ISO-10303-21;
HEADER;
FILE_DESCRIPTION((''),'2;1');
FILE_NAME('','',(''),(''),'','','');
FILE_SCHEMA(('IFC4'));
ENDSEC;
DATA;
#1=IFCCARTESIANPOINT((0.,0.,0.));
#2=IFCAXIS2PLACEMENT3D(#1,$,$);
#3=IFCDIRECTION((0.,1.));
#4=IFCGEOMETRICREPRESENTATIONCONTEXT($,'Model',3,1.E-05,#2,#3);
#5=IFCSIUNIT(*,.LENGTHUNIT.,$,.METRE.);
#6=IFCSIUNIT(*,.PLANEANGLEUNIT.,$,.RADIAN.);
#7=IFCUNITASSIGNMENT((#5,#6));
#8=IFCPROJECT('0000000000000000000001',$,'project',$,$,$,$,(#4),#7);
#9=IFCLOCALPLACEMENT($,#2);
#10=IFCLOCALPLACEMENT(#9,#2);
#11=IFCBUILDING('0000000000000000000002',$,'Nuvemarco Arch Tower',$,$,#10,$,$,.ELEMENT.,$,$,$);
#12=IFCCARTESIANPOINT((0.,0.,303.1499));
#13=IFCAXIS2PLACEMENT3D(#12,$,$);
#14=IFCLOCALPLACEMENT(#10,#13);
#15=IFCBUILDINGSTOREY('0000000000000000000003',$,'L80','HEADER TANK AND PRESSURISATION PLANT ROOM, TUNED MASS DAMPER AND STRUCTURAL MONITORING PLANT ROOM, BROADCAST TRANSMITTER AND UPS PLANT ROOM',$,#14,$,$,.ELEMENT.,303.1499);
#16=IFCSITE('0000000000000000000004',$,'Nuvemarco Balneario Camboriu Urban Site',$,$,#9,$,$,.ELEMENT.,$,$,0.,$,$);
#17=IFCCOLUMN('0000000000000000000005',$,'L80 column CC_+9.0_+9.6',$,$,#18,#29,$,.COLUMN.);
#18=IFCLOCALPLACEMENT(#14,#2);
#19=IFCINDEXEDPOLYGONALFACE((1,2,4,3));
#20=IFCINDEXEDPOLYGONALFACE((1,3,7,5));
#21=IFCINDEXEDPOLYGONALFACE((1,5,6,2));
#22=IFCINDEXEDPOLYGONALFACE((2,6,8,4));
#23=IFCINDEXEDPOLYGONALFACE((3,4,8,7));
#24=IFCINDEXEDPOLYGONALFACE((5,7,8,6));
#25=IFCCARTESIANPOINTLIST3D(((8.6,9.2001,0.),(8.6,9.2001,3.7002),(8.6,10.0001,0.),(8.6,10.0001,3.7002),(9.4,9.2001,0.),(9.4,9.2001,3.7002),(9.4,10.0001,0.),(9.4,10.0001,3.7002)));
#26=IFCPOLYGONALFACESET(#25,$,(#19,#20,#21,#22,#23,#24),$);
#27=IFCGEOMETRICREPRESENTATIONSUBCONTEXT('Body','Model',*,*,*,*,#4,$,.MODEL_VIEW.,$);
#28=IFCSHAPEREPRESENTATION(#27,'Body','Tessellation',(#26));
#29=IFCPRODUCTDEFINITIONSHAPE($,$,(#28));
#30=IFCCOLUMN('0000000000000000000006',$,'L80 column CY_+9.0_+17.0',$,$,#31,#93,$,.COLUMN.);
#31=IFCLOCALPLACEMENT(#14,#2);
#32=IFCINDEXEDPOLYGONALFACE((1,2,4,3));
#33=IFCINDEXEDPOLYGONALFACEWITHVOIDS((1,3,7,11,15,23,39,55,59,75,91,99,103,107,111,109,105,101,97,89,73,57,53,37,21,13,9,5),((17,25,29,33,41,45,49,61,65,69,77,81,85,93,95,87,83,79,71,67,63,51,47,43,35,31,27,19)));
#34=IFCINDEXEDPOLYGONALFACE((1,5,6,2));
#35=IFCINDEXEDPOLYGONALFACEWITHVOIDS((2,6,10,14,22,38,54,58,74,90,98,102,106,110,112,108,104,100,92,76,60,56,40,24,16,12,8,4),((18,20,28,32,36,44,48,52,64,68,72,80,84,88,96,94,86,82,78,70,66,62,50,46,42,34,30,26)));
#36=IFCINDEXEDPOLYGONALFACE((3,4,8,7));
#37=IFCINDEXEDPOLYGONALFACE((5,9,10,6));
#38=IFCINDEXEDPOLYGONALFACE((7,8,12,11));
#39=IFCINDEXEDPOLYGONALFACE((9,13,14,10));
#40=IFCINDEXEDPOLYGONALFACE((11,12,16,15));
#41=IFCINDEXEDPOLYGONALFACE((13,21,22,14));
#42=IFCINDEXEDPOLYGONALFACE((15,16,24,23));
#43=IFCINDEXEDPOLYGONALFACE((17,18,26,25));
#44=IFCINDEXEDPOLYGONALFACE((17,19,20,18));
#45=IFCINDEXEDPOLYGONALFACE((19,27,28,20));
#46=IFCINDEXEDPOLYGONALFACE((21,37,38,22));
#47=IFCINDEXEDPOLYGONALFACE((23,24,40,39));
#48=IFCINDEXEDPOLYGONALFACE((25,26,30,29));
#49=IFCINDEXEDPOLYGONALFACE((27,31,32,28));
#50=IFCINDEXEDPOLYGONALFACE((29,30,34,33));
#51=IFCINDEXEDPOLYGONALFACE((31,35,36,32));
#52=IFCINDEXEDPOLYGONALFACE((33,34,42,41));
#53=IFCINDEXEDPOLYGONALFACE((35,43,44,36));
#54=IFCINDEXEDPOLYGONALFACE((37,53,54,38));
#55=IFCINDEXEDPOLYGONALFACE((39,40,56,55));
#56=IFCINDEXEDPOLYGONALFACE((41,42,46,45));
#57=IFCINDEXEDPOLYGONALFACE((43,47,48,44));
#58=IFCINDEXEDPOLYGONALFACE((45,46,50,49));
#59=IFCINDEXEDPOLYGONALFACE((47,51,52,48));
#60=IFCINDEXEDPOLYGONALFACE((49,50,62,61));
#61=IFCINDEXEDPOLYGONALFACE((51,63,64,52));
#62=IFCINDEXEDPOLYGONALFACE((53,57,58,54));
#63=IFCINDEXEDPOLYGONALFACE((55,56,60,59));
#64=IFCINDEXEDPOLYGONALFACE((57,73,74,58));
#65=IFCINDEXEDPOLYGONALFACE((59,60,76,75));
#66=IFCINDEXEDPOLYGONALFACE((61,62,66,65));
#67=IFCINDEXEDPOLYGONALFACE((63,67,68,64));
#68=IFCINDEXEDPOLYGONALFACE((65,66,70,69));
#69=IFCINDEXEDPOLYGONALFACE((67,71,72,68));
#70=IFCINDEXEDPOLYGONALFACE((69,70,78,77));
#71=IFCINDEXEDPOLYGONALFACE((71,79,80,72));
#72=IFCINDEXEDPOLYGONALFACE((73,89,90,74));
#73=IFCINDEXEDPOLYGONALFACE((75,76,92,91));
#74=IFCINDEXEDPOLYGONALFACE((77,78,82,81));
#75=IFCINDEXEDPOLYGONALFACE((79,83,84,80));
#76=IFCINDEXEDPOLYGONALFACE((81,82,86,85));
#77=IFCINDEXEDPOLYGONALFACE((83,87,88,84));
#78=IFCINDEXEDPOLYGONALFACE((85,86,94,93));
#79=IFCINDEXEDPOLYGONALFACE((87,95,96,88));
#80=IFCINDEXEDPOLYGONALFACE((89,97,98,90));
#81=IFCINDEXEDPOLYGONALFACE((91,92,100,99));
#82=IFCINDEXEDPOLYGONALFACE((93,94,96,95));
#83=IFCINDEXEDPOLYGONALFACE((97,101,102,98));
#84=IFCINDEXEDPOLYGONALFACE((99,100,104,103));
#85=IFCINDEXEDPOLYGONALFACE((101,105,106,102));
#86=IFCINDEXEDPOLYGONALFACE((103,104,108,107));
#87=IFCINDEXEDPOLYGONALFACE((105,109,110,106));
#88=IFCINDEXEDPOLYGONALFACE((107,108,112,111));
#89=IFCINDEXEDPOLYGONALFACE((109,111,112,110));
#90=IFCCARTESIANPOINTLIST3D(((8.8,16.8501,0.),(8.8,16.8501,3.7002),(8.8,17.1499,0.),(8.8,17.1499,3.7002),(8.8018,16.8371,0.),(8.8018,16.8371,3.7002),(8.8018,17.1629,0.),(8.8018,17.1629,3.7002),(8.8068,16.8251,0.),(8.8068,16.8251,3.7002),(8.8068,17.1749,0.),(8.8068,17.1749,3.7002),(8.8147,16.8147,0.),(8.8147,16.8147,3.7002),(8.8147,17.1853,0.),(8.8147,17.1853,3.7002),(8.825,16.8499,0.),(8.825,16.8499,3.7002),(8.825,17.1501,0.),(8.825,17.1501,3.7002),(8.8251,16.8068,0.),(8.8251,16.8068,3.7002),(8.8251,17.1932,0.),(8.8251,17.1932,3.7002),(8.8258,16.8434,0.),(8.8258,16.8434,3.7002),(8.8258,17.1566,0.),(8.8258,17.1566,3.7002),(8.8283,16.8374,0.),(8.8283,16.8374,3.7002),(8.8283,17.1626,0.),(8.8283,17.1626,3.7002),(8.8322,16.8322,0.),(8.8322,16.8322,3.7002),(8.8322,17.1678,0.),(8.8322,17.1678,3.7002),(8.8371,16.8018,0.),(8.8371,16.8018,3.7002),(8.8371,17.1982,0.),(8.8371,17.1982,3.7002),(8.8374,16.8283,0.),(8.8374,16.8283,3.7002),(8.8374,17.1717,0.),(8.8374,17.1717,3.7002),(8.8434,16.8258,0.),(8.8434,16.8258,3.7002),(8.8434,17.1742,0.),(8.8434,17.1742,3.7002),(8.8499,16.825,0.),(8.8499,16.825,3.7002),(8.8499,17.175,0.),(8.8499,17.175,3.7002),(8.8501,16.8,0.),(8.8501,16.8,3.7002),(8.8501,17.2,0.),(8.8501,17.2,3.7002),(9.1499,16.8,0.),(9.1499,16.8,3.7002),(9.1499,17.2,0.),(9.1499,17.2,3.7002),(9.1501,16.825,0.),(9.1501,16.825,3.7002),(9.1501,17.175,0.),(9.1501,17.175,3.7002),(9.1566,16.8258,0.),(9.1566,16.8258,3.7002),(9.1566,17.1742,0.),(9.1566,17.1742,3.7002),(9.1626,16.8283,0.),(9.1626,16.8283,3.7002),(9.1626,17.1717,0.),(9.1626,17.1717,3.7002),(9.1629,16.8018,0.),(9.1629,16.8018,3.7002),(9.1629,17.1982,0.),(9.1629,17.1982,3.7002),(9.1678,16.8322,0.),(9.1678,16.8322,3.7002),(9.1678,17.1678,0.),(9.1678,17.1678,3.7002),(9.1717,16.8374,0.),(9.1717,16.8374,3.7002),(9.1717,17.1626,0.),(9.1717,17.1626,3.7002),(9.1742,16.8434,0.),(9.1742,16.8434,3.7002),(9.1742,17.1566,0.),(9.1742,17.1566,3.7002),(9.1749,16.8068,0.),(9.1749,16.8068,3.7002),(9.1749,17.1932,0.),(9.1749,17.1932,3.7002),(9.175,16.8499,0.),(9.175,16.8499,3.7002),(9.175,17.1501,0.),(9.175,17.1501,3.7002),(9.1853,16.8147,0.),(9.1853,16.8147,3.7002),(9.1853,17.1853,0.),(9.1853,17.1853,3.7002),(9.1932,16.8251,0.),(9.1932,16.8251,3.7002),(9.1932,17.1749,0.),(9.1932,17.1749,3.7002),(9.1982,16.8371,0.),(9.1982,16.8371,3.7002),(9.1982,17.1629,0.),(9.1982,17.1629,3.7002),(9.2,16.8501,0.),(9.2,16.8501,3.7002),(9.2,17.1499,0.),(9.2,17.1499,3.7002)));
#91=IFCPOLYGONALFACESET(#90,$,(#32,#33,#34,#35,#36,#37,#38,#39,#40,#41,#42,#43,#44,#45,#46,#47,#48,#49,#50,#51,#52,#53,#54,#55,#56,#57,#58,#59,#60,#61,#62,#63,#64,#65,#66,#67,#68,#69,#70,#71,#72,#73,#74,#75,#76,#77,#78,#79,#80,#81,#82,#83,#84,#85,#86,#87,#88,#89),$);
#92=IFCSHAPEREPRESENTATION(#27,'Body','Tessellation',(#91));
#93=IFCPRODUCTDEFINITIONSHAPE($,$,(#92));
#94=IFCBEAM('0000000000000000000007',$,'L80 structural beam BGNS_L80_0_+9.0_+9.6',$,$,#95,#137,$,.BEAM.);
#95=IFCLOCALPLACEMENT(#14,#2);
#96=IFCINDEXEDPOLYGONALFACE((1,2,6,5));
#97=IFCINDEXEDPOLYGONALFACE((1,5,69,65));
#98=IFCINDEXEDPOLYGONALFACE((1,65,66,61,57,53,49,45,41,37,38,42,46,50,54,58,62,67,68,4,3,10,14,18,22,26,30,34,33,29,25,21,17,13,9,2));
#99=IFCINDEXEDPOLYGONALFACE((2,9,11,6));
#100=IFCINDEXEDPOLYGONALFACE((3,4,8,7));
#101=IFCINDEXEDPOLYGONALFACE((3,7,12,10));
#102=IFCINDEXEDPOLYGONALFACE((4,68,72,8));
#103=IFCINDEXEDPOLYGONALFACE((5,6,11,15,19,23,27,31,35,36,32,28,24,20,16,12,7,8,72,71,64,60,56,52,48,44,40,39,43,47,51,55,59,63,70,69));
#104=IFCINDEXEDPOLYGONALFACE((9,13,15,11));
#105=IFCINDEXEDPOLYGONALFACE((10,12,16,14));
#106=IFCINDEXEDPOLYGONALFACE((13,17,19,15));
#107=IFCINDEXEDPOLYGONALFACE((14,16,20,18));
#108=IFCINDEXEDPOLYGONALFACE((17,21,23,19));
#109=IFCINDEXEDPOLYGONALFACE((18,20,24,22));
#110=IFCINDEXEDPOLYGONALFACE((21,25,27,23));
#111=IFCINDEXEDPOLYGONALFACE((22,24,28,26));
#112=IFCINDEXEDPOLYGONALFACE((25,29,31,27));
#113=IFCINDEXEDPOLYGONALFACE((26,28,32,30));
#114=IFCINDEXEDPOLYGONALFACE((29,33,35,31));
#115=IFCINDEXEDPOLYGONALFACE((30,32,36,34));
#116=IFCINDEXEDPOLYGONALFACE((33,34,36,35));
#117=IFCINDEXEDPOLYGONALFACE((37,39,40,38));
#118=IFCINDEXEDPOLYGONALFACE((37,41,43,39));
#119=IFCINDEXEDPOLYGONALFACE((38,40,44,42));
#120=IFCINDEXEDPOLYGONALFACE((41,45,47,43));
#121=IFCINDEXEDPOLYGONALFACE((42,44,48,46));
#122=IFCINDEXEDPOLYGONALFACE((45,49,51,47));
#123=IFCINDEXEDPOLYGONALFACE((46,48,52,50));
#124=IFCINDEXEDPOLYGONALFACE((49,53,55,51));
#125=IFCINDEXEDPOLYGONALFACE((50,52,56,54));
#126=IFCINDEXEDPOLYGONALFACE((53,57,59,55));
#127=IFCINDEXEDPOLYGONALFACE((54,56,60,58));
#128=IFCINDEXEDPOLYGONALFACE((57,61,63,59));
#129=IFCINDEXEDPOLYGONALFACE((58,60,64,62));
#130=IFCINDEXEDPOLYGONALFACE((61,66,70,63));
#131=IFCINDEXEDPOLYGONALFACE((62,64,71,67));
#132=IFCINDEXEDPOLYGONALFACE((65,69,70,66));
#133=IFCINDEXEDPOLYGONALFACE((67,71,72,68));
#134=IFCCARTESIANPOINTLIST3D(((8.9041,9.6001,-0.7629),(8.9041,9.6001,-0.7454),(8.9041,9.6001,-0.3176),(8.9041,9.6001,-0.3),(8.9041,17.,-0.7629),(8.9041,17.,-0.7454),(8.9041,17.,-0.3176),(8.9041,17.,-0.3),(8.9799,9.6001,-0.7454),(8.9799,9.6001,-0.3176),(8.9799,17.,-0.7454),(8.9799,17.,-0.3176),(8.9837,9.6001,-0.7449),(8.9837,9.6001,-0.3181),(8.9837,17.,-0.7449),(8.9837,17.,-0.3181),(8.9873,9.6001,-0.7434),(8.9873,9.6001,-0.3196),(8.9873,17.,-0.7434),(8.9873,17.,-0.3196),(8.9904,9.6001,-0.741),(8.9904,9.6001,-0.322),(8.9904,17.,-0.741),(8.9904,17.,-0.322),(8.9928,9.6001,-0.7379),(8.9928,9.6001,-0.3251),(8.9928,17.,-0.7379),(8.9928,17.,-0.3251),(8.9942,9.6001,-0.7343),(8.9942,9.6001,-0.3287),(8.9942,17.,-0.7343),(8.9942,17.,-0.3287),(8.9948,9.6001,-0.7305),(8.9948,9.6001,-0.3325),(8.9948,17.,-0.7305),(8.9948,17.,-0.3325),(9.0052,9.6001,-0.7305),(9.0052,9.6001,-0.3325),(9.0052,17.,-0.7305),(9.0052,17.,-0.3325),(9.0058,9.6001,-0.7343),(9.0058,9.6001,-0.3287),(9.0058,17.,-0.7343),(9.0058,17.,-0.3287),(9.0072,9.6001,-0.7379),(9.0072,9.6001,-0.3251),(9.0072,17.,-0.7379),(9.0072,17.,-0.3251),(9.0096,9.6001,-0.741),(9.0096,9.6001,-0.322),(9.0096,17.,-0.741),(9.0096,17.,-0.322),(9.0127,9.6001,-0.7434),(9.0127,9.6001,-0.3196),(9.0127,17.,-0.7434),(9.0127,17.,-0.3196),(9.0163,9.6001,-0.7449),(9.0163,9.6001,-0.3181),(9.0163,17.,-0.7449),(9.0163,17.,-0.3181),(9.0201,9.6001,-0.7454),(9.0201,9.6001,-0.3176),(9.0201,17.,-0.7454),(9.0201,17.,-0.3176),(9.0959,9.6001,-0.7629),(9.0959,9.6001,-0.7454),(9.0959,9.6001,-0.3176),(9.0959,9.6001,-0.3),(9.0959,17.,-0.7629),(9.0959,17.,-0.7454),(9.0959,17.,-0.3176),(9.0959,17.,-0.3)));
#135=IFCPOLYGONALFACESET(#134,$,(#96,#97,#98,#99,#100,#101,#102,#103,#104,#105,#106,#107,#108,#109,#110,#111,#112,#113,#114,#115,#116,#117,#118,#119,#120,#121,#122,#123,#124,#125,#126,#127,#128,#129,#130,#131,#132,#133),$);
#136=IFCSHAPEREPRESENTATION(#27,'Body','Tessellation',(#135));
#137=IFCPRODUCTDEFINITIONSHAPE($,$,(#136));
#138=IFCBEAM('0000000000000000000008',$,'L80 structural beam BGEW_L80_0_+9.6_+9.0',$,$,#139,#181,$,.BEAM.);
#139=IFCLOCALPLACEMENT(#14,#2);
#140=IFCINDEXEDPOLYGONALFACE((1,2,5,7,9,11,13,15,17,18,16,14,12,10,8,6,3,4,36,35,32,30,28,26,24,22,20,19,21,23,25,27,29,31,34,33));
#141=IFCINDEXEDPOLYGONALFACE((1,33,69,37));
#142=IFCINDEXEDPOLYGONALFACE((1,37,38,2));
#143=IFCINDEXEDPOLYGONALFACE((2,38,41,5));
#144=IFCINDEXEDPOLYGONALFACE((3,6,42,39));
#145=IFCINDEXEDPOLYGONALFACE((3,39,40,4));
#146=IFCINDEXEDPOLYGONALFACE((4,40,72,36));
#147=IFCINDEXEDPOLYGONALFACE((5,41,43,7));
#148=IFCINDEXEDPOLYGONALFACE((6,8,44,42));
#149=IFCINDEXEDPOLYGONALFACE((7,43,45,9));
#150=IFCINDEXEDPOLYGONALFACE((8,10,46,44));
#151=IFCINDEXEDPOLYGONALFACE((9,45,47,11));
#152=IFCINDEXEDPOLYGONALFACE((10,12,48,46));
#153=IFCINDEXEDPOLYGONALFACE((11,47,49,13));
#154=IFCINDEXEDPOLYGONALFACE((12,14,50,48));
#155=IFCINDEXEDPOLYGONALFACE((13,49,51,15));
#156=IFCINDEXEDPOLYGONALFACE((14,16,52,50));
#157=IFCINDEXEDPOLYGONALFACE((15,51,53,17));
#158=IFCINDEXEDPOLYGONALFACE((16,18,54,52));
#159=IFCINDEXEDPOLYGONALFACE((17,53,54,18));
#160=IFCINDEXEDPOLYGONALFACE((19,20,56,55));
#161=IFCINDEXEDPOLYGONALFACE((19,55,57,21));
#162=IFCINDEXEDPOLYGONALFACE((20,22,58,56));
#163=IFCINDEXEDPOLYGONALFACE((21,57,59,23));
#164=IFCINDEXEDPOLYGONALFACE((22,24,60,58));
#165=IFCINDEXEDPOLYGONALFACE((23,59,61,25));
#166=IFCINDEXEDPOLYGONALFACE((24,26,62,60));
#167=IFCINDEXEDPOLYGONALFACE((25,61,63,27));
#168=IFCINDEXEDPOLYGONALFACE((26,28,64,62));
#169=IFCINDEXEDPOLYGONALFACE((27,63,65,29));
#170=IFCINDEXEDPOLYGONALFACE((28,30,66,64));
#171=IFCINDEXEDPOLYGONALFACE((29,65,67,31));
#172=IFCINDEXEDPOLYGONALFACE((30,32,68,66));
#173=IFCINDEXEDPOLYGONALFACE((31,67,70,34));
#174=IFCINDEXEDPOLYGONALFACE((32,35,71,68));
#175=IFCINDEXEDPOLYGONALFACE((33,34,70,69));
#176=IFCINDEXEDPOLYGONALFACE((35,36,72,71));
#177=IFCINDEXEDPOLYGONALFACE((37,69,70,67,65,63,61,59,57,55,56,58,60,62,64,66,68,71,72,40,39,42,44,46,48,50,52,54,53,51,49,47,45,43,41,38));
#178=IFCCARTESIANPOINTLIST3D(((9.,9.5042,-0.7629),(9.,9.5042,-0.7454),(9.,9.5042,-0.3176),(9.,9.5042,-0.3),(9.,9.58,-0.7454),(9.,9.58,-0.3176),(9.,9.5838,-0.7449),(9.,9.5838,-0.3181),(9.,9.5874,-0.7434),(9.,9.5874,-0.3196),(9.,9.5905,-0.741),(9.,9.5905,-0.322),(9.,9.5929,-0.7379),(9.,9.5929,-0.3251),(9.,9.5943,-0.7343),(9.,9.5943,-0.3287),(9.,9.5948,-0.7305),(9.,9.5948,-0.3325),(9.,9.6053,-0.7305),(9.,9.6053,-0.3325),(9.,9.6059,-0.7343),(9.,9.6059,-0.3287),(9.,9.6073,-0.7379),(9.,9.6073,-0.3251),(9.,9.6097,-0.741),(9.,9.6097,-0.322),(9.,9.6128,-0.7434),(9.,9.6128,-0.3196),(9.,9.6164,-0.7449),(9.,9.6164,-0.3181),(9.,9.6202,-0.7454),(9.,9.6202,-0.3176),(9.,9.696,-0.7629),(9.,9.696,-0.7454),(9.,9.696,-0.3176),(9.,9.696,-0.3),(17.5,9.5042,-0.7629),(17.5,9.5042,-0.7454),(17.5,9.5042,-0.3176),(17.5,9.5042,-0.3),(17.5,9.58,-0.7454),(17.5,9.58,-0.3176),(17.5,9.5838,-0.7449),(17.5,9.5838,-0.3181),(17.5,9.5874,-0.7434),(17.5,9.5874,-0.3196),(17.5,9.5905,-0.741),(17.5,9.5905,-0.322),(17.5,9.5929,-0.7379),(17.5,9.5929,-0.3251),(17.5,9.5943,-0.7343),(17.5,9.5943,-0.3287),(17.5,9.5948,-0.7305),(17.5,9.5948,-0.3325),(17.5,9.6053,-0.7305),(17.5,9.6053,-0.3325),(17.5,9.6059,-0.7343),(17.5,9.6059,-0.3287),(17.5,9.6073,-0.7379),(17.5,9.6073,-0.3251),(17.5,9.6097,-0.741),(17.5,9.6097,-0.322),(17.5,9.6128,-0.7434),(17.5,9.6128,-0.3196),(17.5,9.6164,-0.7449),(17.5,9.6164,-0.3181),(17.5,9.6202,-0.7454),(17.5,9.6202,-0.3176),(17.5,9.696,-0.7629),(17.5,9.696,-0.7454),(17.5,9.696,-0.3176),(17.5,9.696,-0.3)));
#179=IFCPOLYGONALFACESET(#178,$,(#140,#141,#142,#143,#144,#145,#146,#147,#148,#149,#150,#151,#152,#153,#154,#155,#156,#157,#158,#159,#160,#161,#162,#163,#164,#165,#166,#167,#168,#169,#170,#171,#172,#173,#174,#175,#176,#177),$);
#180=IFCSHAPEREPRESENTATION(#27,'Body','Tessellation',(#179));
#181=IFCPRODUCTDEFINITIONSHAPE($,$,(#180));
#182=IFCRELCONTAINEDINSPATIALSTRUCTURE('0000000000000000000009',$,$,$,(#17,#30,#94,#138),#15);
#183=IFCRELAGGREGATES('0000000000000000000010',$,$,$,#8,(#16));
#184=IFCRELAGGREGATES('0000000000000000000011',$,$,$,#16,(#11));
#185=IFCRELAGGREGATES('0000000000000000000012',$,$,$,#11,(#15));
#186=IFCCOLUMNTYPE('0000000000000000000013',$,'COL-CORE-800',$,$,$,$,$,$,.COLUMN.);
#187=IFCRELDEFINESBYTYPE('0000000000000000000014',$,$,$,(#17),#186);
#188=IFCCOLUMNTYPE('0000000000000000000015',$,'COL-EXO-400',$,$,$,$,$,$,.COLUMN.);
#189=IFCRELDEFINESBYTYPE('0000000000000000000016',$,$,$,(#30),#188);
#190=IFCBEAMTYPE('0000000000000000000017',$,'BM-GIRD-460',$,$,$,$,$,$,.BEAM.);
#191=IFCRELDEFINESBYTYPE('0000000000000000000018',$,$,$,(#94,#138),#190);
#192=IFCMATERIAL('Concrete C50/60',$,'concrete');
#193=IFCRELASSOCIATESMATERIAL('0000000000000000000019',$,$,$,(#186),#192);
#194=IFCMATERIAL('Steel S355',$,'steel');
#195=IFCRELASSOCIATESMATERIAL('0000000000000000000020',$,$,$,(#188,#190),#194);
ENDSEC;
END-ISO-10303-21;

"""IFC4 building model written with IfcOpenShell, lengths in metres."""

from ifc_helpers import new_model, si_unit, direction, frame, origin, origin_2d, place, context, subcontext, project, spatial, rectangle, hollow_rectangle, i_section, extrude, material, material_profile, profile_set, type_object, element, save


model = new_model("IFC4")

# Units and contexts
model_context = context("Model", 3, precision=1e-05, world=origin(), true_north=direction((0.0, 1.0)))
body_context = subcontext(model_context, "Body", "Model", "MODEL_VIEW")
ifc_project = project(units=[si_unit("LENGTHUNIT", "METRE"), si_unit("PLANEANGLEUNIT", "RADIAN")], contexts=[model_context])

# Site, building, storey
site_placement = place(None, origin())
site = spatial("IfcSite", under=ifc_project, at=site_placement, Name="Nuvemarco Balneario Camboriu Urban Site", CompositionType="ELEMENT", RefElevation=0.0)
building_placement = place(site_placement, origin())
building = spatial("IfcBuilding", under=site, at=building_placement, Name="Nuvemarco Arch Tower", CompositionType="ELEMENT")
storey_placement = place(building_placement, frame((0.0, 0.0, 303.1499)))
storey = spatial("IfcBuildingStorey", under=building, at=storey_placement, Name="L80", Description="HEADER TANK AND PRESSURISATION PLANT ROOM, TUNED MASS DAMPER AND STRUCTURAL MONITORING PLANT ROOM, BROADCAST TRANSMITTER AND UPS PLANT ROOM", CompositionType="ELEMENT", Elevation=303.1499)

# Columns
ifc_material_1 = material(Name="Concrete C50/60", Category="concrete")
ifc_material_profile_1 = material_profile(ifc_material_1, rectangle(XDim=0.8, YDim=0.8, at=origin_2d()), Name="RC-COL-800x800")
ifc_profile_set_1 = profile_set([ifc_material_profile_1], Name="Concrete C50/60")
column_type_1 = type_object("IfcColumnType", Name="COL-CORE-800", PredefinedType="COLUMN", material=ifc_profile_set_1)
column_1_placement = place(storey_placement, frame((9.0, 9.6001, 0.0), z_axis=(0.0, 0.0, 1.0), x_axis=(1.0, 0.0, 0.0)))
element("IfcColumn", 1, at=column_1_placement, inside=storey, type_object=column_type_1, Name="L80 column CC_+9.0_+9.6", PredefinedType="COLUMN", context=body_context, shape_type="SweptSolid", body=[
    extrude(rectangle(XDim=0.8, YDim=0.8, at=origin_2d()), origin(), (0.0, 0.0, 1.0), 3.7002),
])
ifc_material_2 = material(Name="Steel S355", Category="steel")
ifc_material_profile_2 = material_profile(ifc_material_2, hollow_rectangle(XDim=0.3999, YDim=0.3999, WallThickness=0.0249, InnerFilletRadius=0.0249, OuterFilletRadius=0.05, at=origin_2d()), Name="SHS400x400x25")
ifc_profile_set_2 = profile_set([ifc_material_profile_2], Name="Steel S355")
column_type_2 = type_object("IfcColumnType", Name="COL-EXO-400", PredefinedType="COLUMN", material=ifc_profile_set_2)
column_2_placement = place(storey_placement, frame((9.0, 17.0, 0.0), z_axis=(0.0, 0.0, 1.0), x_axis=(1.0, 0.0, 0.0)))
element("IfcColumn", 2, at=column_2_placement, inside=storey, type_object=column_type_2, Name="L80 column CY_+9.0_+17.0", PredefinedType="COLUMN", context=body_context, shape_type="SweptSolid", body=[
    extrude(hollow_rectangle(XDim=0.3999, YDim=0.3999, WallThickness=0.0249, InnerFilletRadius=0.0249, OuterFilletRadius=0.05, at=origin_2d()), origin(), (0.0, 0.0, 1.0), 3.7002),
])

# Beams
ifc_material_profile_3 = material_profile(ifc_material_2, i_section(OverallWidth=0.1919, OverallDepth=0.4629, WebThickness=0.0105, FlangeThickness=0.0176, FilletRadius=0.0149, at=origin_2d()), Name="W460x89")
ifc_profile_set_3 = profile_set([ifc_material_profile_3], Name="Steel S355")
beam_type = type_object("IfcBeamType", Name="BM-GIRD-460", PredefinedType="BEAM", material=ifc_profile_set_3)
beam_1_placement = place(storey_placement, frame((9.0, 9.6001, -0.5315), z_axis=(0.0, 1.0, 0.0), x_axis=(-1.0, 0.0, 0.0)))
element("IfcBeam", 3, at=beam_1_placement, inside=storey, type_object=beam_type, Name="L80 structural beam BGNS_L80_0_+9.0_+9.6", PredefinedType="BEAM", context=body_context, shape_type="SweptSolid", body=[
    extrude(i_section(OverallWidth=0.1919, OverallDepth=0.4629, WebThickness=0.0105, FlangeThickness=0.0176, FilletRadius=0.0149, at=origin_2d()), origin(), (0.0, 0.0, 1.0), 7.3999),
])
beam_2_placement = place(storey_placement, frame((9.0, 9.6001, -0.5315), z_axis=(1.0, 0.0, 0.0), x_axis=(0.0, 1.0, 0.0)))
element("IfcBeam", 4, at=beam_2_placement, inside=storey, type_object=beam_type, Name="L80 structural beam BGEW_L80_0_+9.6_+9.0", PredefinedType="BEAM", context=body_context, shape_type="SweptSolid", body=[
    extrude(i_section(OverallWidth=0.1919, OverallDepth=0.4629, WebThickness=0.0105, FlangeThickness=0.0176, FilletRadius=0.0149, at=origin_2d()), origin(), (0.0, 0.0, 1.0), 8.5),
])

save(model, "model.ifc")
